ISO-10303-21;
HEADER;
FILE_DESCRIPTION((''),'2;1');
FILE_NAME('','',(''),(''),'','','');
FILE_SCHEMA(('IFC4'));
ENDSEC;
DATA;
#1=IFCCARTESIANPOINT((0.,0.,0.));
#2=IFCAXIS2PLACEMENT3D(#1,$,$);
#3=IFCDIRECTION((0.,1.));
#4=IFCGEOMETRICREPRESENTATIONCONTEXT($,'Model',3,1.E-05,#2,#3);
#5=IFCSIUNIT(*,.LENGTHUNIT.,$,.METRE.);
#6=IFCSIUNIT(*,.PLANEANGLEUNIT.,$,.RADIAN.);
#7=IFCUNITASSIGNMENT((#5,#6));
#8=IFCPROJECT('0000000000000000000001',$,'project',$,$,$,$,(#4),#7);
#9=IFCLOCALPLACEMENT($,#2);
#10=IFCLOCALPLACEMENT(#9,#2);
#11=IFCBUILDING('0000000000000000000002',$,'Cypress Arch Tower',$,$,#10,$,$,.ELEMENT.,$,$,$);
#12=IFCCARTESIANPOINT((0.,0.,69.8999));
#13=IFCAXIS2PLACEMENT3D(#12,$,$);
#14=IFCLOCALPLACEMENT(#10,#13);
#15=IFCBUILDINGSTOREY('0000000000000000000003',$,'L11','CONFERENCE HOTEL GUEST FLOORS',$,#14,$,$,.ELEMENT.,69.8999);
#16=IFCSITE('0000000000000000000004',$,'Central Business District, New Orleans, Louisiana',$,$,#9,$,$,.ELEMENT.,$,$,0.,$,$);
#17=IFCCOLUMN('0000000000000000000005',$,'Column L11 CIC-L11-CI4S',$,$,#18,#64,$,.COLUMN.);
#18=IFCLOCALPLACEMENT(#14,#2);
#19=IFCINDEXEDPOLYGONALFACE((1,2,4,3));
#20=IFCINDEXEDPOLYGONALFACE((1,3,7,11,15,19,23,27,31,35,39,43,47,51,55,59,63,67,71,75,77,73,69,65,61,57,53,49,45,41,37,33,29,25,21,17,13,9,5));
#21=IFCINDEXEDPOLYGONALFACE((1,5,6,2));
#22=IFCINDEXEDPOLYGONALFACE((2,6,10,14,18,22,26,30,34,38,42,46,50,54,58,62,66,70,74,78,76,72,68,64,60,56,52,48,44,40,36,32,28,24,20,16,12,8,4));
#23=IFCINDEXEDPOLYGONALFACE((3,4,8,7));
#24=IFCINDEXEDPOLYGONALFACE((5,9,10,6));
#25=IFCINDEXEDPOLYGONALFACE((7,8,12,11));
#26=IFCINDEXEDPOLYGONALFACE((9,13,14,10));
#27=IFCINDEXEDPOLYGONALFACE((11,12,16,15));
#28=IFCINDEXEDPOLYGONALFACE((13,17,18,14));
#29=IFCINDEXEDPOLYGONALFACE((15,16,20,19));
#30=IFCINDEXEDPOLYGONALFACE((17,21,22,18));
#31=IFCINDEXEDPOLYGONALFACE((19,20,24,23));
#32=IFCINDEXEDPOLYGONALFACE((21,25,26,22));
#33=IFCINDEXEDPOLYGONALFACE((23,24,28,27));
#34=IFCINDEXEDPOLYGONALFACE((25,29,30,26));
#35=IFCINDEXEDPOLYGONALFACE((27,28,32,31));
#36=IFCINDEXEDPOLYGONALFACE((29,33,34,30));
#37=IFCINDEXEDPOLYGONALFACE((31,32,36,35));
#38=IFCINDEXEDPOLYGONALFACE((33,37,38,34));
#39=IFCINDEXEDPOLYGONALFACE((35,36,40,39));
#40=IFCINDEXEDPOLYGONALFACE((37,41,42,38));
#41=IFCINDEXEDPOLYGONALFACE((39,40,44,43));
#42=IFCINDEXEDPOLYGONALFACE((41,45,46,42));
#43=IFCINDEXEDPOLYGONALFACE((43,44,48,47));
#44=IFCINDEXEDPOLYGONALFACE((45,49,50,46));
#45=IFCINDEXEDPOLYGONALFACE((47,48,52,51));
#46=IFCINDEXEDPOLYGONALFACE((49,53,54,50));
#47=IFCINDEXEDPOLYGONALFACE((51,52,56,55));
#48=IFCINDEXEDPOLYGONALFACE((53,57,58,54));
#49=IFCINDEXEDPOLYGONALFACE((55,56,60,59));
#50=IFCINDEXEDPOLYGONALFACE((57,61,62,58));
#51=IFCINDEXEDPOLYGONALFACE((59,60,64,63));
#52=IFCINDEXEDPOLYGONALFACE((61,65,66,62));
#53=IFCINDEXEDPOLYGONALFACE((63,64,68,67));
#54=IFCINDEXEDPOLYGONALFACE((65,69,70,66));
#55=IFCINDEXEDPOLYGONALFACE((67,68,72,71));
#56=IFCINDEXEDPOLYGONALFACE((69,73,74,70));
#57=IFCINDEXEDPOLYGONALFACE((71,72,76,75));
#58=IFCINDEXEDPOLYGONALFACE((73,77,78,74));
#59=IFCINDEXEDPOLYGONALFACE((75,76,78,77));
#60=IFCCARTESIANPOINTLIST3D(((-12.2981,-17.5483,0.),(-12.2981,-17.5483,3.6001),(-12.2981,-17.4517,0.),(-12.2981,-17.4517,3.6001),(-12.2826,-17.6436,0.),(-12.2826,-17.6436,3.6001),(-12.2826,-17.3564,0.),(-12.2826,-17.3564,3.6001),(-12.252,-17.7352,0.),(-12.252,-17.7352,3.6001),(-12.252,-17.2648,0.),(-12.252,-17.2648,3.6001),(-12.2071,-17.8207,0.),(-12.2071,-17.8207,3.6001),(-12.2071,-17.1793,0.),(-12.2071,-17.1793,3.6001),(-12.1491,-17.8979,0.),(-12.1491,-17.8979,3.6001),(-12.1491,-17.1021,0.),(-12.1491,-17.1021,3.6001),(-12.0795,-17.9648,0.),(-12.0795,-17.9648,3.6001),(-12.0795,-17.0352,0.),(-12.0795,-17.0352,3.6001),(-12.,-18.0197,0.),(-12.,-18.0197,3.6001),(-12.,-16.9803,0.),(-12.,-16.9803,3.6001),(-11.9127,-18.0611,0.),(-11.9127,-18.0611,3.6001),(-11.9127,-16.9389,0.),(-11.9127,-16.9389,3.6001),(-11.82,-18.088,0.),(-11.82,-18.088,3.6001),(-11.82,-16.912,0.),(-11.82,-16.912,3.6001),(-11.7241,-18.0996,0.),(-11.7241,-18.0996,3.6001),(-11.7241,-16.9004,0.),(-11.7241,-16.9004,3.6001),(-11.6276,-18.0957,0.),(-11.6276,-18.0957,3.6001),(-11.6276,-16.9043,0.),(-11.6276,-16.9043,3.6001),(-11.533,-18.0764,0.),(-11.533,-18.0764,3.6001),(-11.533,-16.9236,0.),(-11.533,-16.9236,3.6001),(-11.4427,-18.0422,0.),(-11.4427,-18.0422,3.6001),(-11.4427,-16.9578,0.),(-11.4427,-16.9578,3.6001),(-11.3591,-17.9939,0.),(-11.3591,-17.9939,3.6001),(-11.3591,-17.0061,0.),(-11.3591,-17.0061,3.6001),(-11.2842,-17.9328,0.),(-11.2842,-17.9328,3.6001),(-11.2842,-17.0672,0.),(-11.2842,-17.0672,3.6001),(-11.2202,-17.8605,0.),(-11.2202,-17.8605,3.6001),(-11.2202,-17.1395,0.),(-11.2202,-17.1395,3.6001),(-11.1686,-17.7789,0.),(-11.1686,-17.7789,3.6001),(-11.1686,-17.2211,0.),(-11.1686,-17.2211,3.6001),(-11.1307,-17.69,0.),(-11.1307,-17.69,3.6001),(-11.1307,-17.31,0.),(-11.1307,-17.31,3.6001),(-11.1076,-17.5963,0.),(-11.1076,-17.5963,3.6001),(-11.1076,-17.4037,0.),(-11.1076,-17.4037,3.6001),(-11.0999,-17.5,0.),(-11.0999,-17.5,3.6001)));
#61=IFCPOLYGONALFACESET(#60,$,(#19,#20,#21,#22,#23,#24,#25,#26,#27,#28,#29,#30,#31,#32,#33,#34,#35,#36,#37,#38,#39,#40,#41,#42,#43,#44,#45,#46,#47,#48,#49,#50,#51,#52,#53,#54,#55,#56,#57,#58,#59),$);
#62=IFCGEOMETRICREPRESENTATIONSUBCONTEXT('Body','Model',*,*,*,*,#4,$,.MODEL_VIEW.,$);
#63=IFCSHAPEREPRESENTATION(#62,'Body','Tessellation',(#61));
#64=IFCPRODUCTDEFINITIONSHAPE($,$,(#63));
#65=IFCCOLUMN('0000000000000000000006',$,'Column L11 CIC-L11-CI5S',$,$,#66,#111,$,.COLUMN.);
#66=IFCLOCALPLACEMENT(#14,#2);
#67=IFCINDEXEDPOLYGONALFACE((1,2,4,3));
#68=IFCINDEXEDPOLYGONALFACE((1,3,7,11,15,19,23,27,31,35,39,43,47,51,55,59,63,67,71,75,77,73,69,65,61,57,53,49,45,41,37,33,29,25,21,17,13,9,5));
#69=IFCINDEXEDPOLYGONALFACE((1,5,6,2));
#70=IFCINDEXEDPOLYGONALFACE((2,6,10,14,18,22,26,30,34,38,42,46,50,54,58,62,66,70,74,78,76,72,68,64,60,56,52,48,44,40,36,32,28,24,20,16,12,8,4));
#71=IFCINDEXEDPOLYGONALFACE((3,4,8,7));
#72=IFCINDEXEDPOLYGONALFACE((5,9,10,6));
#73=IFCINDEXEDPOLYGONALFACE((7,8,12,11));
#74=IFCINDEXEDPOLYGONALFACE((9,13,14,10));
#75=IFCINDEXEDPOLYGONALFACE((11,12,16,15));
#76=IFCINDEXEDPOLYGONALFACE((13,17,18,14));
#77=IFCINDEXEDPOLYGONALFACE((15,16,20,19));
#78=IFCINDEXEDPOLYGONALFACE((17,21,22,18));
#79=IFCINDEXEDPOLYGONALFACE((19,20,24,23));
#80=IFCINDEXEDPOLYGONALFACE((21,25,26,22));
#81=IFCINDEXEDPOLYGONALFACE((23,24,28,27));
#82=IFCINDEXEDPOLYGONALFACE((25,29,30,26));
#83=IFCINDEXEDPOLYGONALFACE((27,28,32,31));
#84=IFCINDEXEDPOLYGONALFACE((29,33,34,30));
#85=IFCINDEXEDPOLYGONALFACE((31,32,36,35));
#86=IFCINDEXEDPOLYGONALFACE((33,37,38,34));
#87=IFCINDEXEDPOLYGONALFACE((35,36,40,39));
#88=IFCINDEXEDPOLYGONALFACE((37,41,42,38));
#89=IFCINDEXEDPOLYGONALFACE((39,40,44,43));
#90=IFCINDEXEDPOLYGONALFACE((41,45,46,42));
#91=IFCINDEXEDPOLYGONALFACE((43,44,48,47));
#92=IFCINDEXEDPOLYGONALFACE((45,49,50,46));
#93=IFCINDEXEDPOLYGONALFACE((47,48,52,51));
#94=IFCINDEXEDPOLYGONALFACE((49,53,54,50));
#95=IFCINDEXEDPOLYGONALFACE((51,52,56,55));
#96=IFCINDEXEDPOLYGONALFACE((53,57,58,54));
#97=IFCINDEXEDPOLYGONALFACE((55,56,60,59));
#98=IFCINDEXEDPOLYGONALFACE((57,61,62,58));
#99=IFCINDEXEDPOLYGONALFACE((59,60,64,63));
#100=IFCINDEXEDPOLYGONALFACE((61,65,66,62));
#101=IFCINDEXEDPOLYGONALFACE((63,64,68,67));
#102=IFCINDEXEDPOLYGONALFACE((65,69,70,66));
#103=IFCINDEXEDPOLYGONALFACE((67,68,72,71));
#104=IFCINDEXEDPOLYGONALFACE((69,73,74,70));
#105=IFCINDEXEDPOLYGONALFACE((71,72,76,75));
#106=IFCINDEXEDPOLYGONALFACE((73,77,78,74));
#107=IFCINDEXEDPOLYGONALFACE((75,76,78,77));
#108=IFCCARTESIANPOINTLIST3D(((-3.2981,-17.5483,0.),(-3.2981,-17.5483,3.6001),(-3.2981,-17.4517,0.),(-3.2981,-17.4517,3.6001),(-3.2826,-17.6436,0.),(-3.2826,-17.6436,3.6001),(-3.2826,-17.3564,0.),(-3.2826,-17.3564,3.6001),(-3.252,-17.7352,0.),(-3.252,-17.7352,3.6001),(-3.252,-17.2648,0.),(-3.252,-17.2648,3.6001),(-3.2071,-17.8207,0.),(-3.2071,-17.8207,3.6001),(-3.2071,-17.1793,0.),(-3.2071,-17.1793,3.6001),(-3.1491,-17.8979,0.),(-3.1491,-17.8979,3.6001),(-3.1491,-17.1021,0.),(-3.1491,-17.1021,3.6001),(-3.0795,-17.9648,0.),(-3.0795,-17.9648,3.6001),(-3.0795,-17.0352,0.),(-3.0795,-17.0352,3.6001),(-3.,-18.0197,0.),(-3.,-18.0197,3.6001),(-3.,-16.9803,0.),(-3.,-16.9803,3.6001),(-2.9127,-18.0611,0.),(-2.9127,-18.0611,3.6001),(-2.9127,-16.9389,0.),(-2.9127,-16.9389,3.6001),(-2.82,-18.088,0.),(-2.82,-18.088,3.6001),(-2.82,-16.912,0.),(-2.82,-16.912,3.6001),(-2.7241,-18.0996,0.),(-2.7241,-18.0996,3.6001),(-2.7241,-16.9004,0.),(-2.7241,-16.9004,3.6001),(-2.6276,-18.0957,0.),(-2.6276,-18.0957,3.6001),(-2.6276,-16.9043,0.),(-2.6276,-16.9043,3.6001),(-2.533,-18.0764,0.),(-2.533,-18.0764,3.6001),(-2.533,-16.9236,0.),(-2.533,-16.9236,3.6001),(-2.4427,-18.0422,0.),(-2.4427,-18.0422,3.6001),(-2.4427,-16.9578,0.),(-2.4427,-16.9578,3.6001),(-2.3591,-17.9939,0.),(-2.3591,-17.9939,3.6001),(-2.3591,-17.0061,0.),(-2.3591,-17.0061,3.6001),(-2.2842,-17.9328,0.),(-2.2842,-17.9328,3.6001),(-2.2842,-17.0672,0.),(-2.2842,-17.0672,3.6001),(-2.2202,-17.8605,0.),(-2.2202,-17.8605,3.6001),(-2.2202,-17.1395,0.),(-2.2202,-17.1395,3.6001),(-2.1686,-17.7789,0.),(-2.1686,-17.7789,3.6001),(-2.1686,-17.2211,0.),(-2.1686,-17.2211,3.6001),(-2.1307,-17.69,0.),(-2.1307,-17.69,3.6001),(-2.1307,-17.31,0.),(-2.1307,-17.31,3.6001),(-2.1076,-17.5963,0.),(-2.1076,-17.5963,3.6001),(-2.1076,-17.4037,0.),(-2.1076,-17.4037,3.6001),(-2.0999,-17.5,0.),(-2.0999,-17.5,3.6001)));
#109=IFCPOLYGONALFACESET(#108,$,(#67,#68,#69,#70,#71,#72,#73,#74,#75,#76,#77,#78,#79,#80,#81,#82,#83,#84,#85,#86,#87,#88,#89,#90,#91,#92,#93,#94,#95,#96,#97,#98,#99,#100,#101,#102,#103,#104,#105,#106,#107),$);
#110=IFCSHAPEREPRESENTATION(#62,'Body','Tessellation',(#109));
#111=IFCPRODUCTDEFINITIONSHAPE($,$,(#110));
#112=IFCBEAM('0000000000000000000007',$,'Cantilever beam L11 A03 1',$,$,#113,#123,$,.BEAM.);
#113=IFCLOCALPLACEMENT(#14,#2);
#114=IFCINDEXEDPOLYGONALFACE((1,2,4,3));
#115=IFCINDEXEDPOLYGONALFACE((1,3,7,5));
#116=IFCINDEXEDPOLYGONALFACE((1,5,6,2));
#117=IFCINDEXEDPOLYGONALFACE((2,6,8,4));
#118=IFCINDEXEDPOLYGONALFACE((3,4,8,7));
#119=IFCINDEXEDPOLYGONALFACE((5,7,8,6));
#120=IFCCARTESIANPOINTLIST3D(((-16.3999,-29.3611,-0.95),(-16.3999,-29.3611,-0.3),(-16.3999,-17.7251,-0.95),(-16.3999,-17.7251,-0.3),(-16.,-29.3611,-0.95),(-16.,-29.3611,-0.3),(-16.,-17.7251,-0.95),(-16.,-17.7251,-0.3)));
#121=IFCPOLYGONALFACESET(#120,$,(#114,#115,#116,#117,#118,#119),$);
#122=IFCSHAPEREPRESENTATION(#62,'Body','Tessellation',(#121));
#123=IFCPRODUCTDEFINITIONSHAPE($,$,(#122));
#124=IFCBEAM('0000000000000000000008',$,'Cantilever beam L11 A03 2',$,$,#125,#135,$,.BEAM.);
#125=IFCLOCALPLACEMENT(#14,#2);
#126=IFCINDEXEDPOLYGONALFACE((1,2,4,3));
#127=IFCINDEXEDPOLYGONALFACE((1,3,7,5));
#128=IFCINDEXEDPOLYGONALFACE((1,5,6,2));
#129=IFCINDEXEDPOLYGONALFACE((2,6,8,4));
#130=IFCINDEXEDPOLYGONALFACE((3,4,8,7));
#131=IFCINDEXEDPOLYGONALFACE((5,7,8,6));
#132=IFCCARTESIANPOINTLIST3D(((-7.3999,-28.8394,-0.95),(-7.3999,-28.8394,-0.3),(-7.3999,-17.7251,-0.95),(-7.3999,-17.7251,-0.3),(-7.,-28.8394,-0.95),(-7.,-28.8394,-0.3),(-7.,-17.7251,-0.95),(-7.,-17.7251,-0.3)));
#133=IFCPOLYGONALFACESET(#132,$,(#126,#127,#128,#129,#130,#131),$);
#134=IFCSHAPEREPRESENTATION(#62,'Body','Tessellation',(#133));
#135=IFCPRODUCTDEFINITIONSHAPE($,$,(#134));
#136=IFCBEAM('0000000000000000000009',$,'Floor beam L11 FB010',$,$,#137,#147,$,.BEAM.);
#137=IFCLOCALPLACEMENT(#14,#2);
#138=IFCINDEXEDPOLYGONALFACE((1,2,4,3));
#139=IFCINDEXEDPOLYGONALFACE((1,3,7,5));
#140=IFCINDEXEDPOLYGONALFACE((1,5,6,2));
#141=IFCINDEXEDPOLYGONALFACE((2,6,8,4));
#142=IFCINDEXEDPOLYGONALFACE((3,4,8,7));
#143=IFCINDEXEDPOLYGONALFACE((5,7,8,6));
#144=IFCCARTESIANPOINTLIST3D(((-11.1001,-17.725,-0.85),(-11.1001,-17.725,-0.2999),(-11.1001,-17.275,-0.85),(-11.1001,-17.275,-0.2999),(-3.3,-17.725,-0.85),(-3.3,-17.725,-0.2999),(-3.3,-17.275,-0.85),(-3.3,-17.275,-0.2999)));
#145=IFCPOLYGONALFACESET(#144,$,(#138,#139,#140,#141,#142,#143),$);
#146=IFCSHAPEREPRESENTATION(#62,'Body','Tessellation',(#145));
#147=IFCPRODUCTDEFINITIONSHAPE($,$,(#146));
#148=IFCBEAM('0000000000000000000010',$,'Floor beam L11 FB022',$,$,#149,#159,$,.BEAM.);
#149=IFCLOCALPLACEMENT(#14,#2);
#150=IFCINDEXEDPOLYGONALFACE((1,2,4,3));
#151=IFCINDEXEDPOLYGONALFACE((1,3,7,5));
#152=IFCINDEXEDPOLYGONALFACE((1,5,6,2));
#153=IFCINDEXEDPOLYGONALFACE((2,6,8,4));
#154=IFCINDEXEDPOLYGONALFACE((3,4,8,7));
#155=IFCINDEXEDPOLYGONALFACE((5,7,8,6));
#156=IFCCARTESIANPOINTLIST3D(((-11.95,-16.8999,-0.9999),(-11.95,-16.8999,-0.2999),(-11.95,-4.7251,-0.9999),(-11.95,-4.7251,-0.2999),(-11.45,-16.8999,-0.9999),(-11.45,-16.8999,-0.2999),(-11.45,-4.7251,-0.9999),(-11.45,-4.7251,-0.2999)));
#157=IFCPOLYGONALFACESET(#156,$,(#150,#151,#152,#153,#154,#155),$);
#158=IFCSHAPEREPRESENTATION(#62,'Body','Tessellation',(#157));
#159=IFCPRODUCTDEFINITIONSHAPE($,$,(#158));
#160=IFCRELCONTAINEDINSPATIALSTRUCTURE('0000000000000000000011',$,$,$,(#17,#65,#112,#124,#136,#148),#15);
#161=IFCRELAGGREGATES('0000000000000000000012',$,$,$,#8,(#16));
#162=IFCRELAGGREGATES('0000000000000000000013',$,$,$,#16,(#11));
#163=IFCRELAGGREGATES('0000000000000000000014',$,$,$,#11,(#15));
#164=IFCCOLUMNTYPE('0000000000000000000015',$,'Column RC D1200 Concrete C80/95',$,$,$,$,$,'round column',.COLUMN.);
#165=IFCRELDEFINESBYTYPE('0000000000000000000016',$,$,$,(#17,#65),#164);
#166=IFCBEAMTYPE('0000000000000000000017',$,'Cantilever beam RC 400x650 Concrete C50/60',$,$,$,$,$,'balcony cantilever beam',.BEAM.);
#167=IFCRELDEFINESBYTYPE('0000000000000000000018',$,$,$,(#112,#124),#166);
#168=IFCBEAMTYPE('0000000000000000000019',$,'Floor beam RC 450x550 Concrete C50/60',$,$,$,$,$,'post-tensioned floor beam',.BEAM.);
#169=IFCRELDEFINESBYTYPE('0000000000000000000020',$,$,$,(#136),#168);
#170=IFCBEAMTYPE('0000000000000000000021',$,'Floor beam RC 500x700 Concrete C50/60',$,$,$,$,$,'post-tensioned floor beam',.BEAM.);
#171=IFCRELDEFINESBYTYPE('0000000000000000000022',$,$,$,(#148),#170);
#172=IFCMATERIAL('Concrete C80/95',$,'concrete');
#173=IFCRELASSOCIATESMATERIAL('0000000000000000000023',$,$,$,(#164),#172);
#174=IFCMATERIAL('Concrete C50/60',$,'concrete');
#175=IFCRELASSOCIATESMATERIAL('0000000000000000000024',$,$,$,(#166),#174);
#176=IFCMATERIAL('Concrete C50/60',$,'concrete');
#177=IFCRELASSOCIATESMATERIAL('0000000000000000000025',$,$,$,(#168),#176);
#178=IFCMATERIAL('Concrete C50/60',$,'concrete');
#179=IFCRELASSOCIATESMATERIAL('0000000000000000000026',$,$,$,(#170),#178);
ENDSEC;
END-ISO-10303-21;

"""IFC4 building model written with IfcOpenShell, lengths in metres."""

from ifc_helpers import new_model, si_unit, direction, frame, origin, origin_2d, place, context, subcontext, project, spatial, rectangle, circle, extrude, material, material_profile, profile_set, type_object, element, save


model = new_model("IFC4")

# Units and contexts
model_context = context("Model", 3, precision=1e-05, world=origin(), true_north=direction((0.0, 1.0)))
body_context = subcontext(model_context, "Body", "Model", "MODEL_VIEW")
ifc_project = project(units=[si_unit("LENGTHUNIT", "METRE"), si_unit("PLANEANGLEUNIT", "RADIAN")], contexts=[model_context])

# Site, building, storey
site_placement = place(None, origin())
site = spatial("IfcSite", under=ifc_project, at=site_placement, Name="Central Business District, New Orleans, Louisiana", CompositionType="ELEMENT", RefElevation=0.0)
building_placement = place(site_placement, origin())
building = spatial("IfcBuilding", under=site, at=building_placement, Name="Cypress Arch Tower", CompositionType="ELEMENT")
storey_placement = place(building_placement, frame((0.0, 0.0, 69.8999)))
storey = spatial("IfcBuildingStorey", under=building, at=storey_placement, Name="L11", Description="CONFERENCE HOTEL GUEST FLOORS", CompositionType="ELEMENT", Elevation=69.8999)

# Columns
ifc_material_1 = material(Name="Concrete C80/95", Category="concrete")
ifc_material_profile_1 = material_profile(ifc_material_1, circle(Radius=0.6001, at=origin_2d()), Name="RC D1200")
ifc_profile_set_1 = profile_set([ifc_material_profile_1], Name="Concrete C80/95")
column_type = type_object("IfcColumnType", Name="Column RC D1200 Concrete C80/95", ElementType="round column", PredefinedType="COLUMN", material=ifc_profile_set_1)
for number, where, z_axis, x_axis, name in (
    (1, (-11.7, -17.5, 0.0), (0.0, 0.0, 1.0), (1.0, 0.0, 0.0), "Column L11 CIC-L11-CI4S"),
    (2, (-2.7, -17.5, 0.0), (0.0, 0.0, 1.0), (1.0, 0.0, 0.0), "Column L11 CIC-L11-CI5S"),
):
    element("IfcColumn", number, at=place(storey_placement, frame(where, z_axis=z_axis, x_axis=x_axis)), inside=storey, type_object=column_type, Name=name, PredefinedType="COLUMN", context=body_context, shape_type="SweptSolid", body=[
        extrude(circle(Radius=0.6001, at=origin_2d()), origin(), (0.0, 0.0, 1.0), 3.6001),
    ])

# Beams
ifc_material_2 = material(Name="Concrete C50/60", Category="concrete")
ifc_material_profile_2 = material_profile(ifc_material_2, rectangle(XDim=0.3999, YDim=0.6499, at=origin_2d()), Name="RC 400x650")
ifc_profile_set_2 = profile_set([ifc_material_profile_2], Name="Concrete C50/60")
beam_type_1 = type_object("IfcBeamType", Name="Cantilever beam RC 400x650 Concrete C50/60", ElementType="balcony cantilever beam", PredefinedType="BEAM", material=ifc_profile_set_2)
beam_1_placement = place(storey_placement, frame((-16.2, -17.7251, -0.625), z_axis=(0.0, -1.0, 0.0), x_axis=(1.0, 0.0, 0.0)))
element("IfcBeam", 3, at=beam_1_placement, inside=storey, type_object=beam_type_1, Name="Cantilever beam L11 A03 1", PredefinedType="BEAM", context=body_context, shape_type="SweptSolid", body=[
    extrude(rectangle(XDim=0.3999, YDim=0.6499, at=origin_2d()), origin(), (0.0, 0.0, 1.0), 11.636),
])
beam_2_placement = place(storey_placement, frame((-7.2, -17.7251, -0.625), z_axis=(0.0, -1.0, 0.0), x_axis=(1.0, 0.0, 0.0)))
element("IfcBeam", 4, at=beam_2_placement, inside=storey, type_object=beam_type_1, Name="Cantilever beam L11 A03 2", PredefinedType="BEAM", context=body_context, shape_type="SweptSolid", body=[
    extrude(rectangle(XDim=0.3999, YDim=0.6499, at=origin_2d()), origin(), (0.0, 0.0, 1.0), 11.1143),
])
ifc_material_3 = material(Name="Concrete C50/60", Category="concrete")
ifc_material_profile_3 = material_profile(ifc_material_3, rectangle(XDim=0.45, YDim=0.55, at=origin_2d()), Name="RC 450x550")
ifc_profile_set_3 = profile_set([ifc_material_profile_3], Name="Concrete C50/60")
beam_type_2 = type_object("IfcBeamType", Name="Floor beam RC 450x550 Concrete C50/60", ElementType="post-tensioned floor beam", PredefinedType="BEAM", material=ifc_profile_set_3)
beam_3_placement = place(storey_placement, frame((-11.1001, -17.5, -0.575), z_axis=(1.0, 0.0, 0.0), x_axis=(0.0, 1.0, 0.0)))
element("IfcBeam", 5, at=beam_3_placement, inside=storey, type_object=beam_type_2, Name="Floor beam L11 FB010", PredefinedType="BEAM", context=body_context, shape_type="SweptSolid", body=[
    extrude(rectangle(XDim=0.45, YDim=0.55, at=origin_2d()), origin(), (0.0, 0.0, 1.0), 7.8),
])
ifc_material_4 = material(Name="Concrete C50/60", Category="concrete")
ifc_material_profile_4 = material_profile(ifc_material_4, rectangle(XDim=0.5, YDim=0.7, at=origin_2d()), Name="RC 500x700")
ifc_profile_set_4 = profile_set([ifc_material_profile_4], Name="Concrete C50/60")
beam_type_3 = type_object("IfcBeamType", Name="Floor beam RC 500x700 Concrete C50/60", ElementType="post-tensioned floor beam", PredefinedType="BEAM", material=ifc_profile_set_4)
beam_4_placement = place(storey_placement, frame((-11.7, -16.8999, -0.6499), z_axis=(0.0, 1.0, 0.0), x_axis=(-1.0, 0.0, 0.0)))
element("IfcBeam", 6, at=beam_4_placement, inside=storey, type_object=beam_type_3, Name="Floor beam L11 FB022", PredefinedType="BEAM", context=body_context, shape_type="SweptSolid", body=[
    extrude(rectangle(XDim=0.5, YDim=0.7, at=origin_2d()), origin(), (0.0, 0.0, 1.0), 12.1748),
])

save(model, "model.ifc")
